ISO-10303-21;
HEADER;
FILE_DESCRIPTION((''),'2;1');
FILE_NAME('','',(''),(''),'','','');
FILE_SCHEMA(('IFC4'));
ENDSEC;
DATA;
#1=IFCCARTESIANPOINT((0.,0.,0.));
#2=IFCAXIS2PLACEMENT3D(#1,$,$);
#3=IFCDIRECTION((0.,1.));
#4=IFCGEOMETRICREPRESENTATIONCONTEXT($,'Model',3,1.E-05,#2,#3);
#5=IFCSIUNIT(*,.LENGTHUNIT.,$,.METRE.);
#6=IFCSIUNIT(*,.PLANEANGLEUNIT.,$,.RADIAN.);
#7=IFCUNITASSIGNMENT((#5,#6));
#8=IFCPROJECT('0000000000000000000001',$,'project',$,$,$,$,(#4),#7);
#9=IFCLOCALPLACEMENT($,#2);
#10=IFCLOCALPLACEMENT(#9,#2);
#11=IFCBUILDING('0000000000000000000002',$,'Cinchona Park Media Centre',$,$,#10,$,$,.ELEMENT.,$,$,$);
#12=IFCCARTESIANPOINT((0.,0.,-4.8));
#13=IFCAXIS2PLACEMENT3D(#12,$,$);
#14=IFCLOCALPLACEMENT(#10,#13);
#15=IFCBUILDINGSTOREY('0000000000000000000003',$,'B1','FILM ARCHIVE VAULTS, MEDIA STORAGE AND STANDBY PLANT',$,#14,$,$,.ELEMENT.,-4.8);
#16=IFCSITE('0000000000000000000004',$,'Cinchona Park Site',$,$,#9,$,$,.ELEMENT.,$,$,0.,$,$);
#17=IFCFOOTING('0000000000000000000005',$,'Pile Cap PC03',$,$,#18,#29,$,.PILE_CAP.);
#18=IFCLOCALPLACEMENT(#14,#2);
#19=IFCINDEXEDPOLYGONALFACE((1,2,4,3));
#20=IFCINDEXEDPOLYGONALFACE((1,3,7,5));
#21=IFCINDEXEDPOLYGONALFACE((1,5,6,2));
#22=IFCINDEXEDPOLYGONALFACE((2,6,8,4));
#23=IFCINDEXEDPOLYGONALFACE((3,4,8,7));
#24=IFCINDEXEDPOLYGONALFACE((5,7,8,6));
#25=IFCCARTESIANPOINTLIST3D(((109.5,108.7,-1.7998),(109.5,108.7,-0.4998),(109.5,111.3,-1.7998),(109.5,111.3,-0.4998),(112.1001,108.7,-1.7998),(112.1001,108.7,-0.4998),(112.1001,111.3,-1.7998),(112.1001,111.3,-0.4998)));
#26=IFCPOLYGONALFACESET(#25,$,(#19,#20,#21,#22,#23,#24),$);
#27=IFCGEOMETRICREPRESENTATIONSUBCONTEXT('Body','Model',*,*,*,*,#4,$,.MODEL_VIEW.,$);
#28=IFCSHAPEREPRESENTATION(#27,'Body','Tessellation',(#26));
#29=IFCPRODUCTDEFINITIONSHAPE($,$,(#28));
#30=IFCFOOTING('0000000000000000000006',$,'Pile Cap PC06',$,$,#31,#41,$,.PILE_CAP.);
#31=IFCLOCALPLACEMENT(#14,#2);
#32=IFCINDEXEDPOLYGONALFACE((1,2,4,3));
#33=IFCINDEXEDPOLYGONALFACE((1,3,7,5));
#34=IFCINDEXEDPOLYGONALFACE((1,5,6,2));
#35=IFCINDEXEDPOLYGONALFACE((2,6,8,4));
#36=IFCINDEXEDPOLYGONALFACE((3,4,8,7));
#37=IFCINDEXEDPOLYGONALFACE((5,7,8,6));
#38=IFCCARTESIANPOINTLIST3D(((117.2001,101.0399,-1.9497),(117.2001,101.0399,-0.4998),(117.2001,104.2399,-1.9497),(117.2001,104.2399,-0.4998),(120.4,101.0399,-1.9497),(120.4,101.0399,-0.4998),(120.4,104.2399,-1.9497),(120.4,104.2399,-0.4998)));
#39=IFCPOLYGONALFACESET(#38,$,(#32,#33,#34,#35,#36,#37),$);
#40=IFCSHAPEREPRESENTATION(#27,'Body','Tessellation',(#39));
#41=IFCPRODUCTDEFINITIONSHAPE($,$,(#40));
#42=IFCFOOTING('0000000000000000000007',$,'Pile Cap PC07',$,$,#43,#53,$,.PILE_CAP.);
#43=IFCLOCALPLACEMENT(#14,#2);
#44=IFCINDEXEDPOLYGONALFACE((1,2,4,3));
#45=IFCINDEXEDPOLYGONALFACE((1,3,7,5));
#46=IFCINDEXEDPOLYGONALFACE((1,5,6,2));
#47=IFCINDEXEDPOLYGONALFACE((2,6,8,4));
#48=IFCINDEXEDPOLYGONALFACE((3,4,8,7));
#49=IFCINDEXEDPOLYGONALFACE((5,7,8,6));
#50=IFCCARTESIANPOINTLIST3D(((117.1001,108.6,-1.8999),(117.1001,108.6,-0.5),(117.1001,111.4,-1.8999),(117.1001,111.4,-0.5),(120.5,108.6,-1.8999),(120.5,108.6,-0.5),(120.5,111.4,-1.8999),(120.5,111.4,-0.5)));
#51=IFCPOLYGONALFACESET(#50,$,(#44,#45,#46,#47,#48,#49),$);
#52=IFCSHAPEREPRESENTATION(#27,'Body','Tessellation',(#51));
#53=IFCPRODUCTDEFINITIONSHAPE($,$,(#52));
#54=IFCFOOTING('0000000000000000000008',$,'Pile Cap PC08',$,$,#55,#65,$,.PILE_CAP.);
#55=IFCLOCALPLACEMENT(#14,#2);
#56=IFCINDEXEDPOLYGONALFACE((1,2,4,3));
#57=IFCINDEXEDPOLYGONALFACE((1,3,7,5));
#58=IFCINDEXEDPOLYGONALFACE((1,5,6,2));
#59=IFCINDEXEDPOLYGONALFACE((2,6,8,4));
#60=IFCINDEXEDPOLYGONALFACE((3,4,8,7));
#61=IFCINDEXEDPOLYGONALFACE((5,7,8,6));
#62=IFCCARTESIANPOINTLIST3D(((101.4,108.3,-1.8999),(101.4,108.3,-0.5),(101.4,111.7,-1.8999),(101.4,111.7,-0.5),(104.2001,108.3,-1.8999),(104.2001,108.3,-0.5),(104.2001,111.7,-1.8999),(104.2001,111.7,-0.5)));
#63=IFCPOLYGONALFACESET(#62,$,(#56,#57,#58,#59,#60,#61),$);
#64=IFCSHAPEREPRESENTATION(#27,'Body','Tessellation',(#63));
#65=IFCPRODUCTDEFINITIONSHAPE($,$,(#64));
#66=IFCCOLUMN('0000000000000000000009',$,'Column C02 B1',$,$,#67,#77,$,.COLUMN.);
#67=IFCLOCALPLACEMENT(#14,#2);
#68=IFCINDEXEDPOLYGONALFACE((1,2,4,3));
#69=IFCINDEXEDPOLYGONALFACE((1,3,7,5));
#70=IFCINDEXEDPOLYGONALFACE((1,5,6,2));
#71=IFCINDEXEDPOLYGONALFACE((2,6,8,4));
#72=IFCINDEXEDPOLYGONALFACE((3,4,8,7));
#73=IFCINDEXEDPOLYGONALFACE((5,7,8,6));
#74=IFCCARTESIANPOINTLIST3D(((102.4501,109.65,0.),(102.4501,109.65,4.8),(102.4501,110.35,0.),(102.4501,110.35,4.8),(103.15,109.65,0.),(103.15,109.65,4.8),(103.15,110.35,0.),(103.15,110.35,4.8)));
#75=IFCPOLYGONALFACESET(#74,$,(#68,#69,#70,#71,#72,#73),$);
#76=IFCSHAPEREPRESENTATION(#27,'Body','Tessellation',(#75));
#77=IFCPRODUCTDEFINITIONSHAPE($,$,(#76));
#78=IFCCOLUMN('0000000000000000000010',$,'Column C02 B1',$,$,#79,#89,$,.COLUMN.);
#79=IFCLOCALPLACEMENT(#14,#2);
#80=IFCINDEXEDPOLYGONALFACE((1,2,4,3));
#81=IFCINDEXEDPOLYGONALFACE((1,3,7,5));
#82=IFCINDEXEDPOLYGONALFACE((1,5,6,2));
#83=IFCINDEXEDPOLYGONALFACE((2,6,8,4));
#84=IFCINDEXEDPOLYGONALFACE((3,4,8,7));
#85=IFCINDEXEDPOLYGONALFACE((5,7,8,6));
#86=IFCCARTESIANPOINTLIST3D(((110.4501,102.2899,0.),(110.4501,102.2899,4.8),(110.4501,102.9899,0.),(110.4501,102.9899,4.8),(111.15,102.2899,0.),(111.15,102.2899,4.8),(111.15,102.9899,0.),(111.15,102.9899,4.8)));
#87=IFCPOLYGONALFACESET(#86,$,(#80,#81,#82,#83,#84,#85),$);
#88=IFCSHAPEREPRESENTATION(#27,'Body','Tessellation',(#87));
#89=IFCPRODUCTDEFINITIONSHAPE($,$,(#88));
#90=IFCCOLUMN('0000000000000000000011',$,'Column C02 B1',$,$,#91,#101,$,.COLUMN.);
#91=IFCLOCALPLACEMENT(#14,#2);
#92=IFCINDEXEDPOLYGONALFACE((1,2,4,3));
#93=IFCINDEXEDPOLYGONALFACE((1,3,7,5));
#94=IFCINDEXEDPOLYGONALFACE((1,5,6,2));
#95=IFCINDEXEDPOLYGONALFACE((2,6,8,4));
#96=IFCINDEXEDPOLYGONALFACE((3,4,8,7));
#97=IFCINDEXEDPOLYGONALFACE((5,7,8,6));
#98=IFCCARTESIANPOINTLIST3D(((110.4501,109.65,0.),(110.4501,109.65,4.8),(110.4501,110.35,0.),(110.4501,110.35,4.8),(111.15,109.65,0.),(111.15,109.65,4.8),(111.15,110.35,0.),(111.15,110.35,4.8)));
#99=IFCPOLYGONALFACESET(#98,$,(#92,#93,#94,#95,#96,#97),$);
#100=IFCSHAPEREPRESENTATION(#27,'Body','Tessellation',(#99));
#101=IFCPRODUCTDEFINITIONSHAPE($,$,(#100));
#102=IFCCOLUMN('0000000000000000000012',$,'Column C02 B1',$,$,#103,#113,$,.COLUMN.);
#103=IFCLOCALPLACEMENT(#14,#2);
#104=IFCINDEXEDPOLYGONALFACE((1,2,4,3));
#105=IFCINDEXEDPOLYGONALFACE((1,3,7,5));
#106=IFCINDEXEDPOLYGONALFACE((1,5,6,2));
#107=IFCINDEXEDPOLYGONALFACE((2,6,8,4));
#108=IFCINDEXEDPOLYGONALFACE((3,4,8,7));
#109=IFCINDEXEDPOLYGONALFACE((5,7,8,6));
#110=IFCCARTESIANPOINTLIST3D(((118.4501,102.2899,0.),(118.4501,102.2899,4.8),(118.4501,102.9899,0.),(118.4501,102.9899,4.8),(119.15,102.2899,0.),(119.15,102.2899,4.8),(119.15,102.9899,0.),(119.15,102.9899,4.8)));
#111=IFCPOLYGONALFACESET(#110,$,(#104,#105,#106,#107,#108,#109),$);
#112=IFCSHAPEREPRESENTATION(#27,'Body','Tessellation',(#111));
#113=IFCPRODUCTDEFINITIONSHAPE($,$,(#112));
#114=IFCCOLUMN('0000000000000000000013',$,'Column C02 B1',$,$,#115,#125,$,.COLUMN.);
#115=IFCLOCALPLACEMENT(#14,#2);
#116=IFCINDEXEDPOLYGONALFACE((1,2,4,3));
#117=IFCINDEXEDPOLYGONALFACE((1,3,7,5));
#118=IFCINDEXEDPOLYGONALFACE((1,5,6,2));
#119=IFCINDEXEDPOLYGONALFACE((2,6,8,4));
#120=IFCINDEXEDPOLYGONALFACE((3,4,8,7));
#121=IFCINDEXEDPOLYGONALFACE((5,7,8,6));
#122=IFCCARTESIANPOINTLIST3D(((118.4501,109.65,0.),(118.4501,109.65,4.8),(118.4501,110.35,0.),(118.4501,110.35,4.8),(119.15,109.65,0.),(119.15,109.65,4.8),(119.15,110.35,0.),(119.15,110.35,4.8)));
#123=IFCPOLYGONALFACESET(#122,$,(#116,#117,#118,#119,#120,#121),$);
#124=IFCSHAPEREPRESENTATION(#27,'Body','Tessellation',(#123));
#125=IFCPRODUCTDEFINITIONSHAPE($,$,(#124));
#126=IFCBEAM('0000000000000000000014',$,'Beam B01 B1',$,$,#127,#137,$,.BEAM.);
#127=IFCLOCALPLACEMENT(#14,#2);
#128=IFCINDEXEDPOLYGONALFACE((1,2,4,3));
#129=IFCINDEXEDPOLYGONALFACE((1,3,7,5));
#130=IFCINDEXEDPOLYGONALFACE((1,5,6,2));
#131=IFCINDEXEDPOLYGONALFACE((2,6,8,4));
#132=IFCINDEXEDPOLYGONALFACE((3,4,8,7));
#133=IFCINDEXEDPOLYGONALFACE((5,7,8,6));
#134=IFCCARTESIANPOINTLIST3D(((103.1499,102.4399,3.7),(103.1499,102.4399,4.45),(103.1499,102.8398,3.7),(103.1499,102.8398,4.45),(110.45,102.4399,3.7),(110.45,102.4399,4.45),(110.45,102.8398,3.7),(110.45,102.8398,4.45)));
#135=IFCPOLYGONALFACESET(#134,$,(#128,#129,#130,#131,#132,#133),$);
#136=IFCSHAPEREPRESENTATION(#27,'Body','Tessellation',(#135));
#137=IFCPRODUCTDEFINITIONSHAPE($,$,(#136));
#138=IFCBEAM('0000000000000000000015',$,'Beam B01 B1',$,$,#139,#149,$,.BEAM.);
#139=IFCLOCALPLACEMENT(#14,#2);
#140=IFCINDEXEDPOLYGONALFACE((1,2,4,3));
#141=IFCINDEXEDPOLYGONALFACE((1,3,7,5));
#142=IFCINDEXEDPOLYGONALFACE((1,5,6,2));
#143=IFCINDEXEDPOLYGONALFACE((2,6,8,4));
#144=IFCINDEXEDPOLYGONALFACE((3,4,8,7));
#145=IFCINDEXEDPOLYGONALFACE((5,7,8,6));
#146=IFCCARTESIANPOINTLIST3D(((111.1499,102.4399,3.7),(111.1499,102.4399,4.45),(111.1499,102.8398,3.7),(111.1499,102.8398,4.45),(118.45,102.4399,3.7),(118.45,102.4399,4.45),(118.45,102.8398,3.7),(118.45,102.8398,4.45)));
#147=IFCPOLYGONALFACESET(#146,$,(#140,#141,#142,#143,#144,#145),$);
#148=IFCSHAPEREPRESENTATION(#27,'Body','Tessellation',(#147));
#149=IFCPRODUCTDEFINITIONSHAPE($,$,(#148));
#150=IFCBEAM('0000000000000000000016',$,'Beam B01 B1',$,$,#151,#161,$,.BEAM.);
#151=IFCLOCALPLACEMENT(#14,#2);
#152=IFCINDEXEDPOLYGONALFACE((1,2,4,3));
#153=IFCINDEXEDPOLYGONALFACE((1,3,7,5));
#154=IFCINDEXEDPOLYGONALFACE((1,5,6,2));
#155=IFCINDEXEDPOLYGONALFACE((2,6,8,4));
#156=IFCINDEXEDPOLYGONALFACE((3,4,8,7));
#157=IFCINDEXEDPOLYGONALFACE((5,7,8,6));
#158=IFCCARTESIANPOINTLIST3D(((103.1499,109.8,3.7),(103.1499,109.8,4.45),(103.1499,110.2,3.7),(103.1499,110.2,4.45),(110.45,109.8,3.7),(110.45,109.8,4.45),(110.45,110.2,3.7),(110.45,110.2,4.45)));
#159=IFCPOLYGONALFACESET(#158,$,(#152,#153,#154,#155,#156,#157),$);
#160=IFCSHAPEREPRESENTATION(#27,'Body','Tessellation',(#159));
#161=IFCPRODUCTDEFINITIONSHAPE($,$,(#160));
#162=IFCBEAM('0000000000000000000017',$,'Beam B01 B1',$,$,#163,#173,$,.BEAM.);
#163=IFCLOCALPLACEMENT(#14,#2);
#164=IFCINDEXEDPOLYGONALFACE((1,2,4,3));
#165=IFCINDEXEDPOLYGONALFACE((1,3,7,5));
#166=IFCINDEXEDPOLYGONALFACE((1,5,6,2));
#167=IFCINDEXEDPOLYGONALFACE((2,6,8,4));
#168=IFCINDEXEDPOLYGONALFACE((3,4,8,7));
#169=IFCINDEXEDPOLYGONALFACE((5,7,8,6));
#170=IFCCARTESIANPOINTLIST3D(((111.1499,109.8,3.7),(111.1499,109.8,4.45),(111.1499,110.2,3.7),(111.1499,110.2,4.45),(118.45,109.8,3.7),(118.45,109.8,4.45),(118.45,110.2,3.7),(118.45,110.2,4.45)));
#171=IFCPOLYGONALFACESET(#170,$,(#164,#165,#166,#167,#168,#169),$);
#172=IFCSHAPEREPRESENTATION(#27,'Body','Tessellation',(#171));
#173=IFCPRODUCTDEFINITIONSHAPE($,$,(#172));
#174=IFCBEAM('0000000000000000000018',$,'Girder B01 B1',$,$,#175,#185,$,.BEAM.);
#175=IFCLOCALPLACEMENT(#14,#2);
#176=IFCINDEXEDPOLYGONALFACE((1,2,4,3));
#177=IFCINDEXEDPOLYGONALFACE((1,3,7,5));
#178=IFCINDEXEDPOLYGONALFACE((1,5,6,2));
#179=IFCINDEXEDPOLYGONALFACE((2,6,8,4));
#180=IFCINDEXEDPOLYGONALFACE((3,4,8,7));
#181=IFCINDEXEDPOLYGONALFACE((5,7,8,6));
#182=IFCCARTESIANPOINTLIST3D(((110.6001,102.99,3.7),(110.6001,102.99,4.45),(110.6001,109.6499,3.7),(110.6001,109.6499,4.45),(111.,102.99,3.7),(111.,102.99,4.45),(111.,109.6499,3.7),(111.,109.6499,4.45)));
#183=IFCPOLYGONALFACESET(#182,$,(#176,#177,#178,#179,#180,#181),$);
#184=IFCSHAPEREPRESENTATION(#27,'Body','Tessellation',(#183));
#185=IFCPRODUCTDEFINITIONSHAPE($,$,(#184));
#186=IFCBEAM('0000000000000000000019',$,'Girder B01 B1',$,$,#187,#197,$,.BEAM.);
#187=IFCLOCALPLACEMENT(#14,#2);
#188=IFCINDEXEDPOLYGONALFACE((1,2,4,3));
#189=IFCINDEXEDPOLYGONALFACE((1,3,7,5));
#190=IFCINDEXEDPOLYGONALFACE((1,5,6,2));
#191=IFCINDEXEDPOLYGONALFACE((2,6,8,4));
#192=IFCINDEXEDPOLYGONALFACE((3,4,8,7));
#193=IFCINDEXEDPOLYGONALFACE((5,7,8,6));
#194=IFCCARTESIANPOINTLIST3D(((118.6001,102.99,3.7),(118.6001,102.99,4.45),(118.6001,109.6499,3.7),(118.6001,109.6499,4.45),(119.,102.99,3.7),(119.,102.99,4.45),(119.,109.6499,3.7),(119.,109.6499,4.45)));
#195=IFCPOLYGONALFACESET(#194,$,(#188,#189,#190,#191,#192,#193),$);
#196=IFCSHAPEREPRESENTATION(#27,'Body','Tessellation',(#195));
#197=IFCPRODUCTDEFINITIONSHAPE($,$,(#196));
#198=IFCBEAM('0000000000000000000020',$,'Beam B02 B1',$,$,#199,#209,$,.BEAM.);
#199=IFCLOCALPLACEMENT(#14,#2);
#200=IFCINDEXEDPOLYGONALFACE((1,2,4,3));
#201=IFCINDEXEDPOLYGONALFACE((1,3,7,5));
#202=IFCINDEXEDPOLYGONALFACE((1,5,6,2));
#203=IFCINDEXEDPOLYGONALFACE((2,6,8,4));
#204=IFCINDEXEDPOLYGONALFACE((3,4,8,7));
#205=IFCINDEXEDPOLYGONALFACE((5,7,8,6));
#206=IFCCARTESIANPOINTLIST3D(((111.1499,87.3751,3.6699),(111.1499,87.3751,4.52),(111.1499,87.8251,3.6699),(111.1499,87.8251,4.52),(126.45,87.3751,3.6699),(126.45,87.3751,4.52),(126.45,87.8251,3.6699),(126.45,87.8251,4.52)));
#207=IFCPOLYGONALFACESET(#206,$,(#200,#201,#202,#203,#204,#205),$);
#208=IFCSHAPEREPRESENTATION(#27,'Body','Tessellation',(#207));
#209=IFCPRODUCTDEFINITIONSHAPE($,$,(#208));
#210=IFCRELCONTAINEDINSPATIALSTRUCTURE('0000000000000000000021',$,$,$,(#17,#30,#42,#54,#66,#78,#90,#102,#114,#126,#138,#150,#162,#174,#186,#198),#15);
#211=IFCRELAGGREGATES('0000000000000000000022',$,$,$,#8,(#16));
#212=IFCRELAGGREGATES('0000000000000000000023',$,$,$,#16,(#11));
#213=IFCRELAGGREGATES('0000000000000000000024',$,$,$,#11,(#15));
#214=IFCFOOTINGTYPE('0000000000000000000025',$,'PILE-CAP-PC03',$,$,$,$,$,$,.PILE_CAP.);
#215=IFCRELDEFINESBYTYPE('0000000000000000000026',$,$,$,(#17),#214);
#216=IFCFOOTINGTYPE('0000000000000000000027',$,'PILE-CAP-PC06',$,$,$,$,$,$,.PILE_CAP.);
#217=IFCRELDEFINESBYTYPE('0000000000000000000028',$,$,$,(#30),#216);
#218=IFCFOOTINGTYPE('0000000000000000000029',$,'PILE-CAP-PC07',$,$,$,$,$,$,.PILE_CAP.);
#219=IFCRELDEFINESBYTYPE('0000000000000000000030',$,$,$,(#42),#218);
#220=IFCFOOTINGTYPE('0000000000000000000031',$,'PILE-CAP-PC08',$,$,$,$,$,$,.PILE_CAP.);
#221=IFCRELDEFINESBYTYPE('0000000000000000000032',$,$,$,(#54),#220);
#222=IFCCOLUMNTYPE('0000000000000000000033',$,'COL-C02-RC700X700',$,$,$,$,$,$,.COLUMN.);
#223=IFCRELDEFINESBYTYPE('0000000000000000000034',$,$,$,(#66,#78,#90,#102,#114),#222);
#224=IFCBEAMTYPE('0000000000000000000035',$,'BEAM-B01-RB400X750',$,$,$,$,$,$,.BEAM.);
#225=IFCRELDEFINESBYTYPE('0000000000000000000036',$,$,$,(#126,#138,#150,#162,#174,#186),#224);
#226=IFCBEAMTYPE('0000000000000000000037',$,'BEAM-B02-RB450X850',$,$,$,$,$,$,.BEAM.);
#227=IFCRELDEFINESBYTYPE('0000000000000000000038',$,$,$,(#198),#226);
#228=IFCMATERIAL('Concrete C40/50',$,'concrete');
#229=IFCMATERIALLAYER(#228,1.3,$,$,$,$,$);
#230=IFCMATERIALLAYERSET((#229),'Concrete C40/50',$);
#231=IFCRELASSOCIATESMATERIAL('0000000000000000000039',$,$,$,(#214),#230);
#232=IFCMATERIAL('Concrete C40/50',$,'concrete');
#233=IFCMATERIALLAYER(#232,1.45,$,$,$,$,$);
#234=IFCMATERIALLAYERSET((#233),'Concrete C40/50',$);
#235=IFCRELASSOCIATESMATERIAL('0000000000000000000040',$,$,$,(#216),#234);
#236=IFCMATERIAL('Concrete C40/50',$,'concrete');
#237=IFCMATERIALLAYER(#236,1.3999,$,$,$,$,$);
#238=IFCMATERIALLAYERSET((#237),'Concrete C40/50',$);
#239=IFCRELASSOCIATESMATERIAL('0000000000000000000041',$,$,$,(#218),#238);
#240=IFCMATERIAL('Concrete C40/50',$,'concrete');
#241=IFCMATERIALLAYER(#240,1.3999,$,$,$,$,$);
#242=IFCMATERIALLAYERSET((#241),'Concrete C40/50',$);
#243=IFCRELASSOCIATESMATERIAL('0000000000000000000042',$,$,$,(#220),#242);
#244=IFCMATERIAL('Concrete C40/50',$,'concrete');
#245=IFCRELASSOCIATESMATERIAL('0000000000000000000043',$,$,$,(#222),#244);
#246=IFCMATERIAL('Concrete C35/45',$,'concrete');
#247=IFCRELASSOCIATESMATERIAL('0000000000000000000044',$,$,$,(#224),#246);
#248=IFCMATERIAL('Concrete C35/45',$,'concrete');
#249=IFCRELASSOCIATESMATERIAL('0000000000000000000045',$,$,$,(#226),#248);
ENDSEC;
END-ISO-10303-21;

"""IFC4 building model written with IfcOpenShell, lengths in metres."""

from ifc_helpers import new_model, si_unit, direction, frame, origin, origin_2d, place, context, subcontext, project, spatial, rectangle, extrude, material, layer, layer_set, material_profile, profile_set, type_object, element, save


model = new_model("IFC4")

# Units and contexts
model_context = context("Model", 3, precision=1e-05, world=origin(), true_north=direction((0.0, 1.0)))
body_context = subcontext(model_context, "Body", "Model", "MODEL_VIEW")
ifc_project = project(units=[si_unit("LENGTHUNIT", "METRE"), si_unit("PLANEANGLEUNIT", "RADIAN")], contexts=[model_context])

# Site, building, storey
site_placement = place(None, origin())
site = spatial("IfcSite", under=ifc_project, at=site_placement, Name="Cinchona Park Site", CompositionType="ELEMENT", RefElevation=0.0)
building_placement = place(site_placement, origin())
building = spatial("IfcBuilding", under=site, at=building_placement, Name="Cinchona Park Media Centre", CompositionType="ELEMENT")
storey_placement = place(building_placement, frame((0.0, 0.0, -4.8)))
storey = spatial("IfcBuildingStorey", under=building, at=storey_placement, Name="B1", Description="FILM ARCHIVE VAULTS, MEDIA STORAGE AND STANDBY PLANT", CompositionType="ELEMENT", Elevation=-4.8)

# Footings
ifc_material_1 = material(Name="Concrete C40/50", Category="concrete")
ifc_layer_1 = layer(ifc_material_1, 1.3)
ifc_layer_set_1 = layer_set([ifc_layer_1], Name="Concrete C40/50")
footing_type_1 = type_object("IfcFootingType", Name="PILE-CAP-PC03", PredefinedType="PILE_CAP", material=ifc_layer_set_1)
footing_1_placement = place(storey_placement, frame((110.8, 110.0, -1.7998), z_axis=(0.0, 0.0, 1.0), x_axis=(1.0, 0.0, 0.0)))
element("IfcFooting", 1, at=footing_1_placement, inside=storey, type_object=footing_type_1, Name="Pile Cap PC03", PredefinedType="PILE_CAP", context=body_context, shape_type="SweptSolid", body=[
    extrude(rectangle(XDim=2.6001, YDim=2.6001, at=origin_2d()), origin(), (0.0, 0.0, 1.0), 1.3),
])
ifc_material_2 = material(Name="Concrete C40/50", Category="concrete")
ifc_layer_2 = layer(ifc_material_2, 1.45)
ifc_layer_set_2 = layer_set([ifc_layer_2], Name="Concrete C40/50")
footing_type_2 = type_object("IfcFootingType", Name="PILE-CAP-PC06", PredefinedType="PILE_CAP", material=ifc_layer_set_2)
footing_2_placement = place(storey_placement, frame((118.8, 102.6399, -1.9497), z_axis=(0.0, 0.0, 1.0), x_axis=(1.0, 0.0, 0.0)))
element("IfcFooting", 2, at=footing_2_placement, inside=storey, type_object=footing_type_2, Name="Pile Cap PC06", PredefinedType="PILE_CAP", context=body_context, shape_type="SweptSolid", body=[
    extrude(rectangle(XDim=3.2, YDim=3.2, at=origin_2d()), origin(), (0.0, 0.0, 1.0), 1.45),
])
ifc_material_3 = material(Name="Concrete C40/50", Category="concrete")
ifc_layer_3 = layer(ifc_material_3, 1.3999)
ifc_layer_set_3 = layer_set([ifc_layer_3], Name="Concrete C40/50")
footing_type_3 = type_object("IfcFootingType", Name="PILE-CAP-PC07", PredefinedType="PILE_CAP", material=ifc_layer_set_3)
footing_3_placement = place(storey_placement, frame((118.8, 110.0, -1.8999), z_axis=(0.0, 0.0, 1.0), x_axis=(1.0, 0.0, 0.0)))
element("IfcFooting", 3, at=footing_3_placement, inside=storey, type_object=footing_type_3, Name="Pile Cap PC07", PredefinedType="PILE_CAP", context=body_context, shape_type="SweptSolid", body=[
    extrude(rectangle(XDim=3.3999, YDim=2.8, at=origin_2d()), origin(), (0.0, 0.0, 1.0), 1.3999),
])
ifc_material_4 = material(Name="Concrete C40/50", Category="concrete")
ifc_layer_4 = layer(ifc_material_4, 1.3999)
ifc_layer_set_4 = layer_set([ifc_layer_4], Name="Concrete C40/50")
footing_type_4 = type_object("IfcFootingType", Name="PILE-CAP-PC08", PredefinedType="PILE_CAP", material=ifc_layer_set_4)
footing_4_placement = place(storey_placement, frame((102.8, 110.0, -1.8999), z_axis=(0.0, 0.0, 1.0), x_axis=(1.0, 0.0, 0.0)))
element("IfcFooting", 4, at=footing_4_placement, inside=storey, type_object=footing_type_4, Name="Pile Cap PC08", PredefinedType="PILE_CAP", context=body_context, shape_type="SweptSolid", body=[
    extrude(rectangle(XDim=2.8, YDim=3.3999, at=origin_2d()), origin(), (0.0, 0.0, 1.0), 1.3999),
])

# Columns
ifc_material_5 = material(Name="Concrete C40/50", Category="concrete")
ifc_material_profile_1 = material_profile(ifc_material_5, rectangle(XDim=0.7, YDim=0.7, at=origin_2d()), Name="RC 700X700")
ifc_profile_set_1 = profile_set([ifc_material_profile_1], Name="Concrete C40/50")
column_type = type_object("IfcColumnType", Name="COL-C02-RC700X700", PredefinedType="COLUMN", material=ifc_profile_set_1)
for number, where, z_axis, x_axis, name in (
    (5, (102.8, 110.0, 0.0), (0.0, 0.0, 1.0), (1.0, 0.0, 0.0), "Column C02 B1"),
    (6, (110.8, 102.6399, 0.0), (0.0, 0.0, 1.0), (1.0, 0.0, 0.0), "Column C02 B1"),
    (7, (110.8, 110.0, 0.0), (0.0, 0.0, 1.0), (1.0, 0.0, 0.0), "Column C02 B1"),
    (8, (118.8, 102.6399, 0.0), (0.0, 0.0, 1.0), (1.0, 0.0, 0.0), "Column C02 B1"),
    (9, (118.8, 110.0, 0.0), (0.0, 0.0, 1.0), (1.0, 0.0, 0.0), "Column C02 B1"),
):
    element("IfcColumn", number, at=place(storey_placement, frame(where, z_axis=z_axis, x_axis=x_axis)), inside=storey, type_object=column_type, Name=name, PredefinedType="COLUMN", context=body_context, shape_type="SweptSolid", body=[
        extrude(rectangle(XDim=0.7, YDim=0.7, at=origin_2d()), origin(), (0.0, 0.0, 1.0), 4.8),
    ])

# Beams
ifc_material_6 = material(Name="Concrete C35/45", Category="concrete")
ifc_material_profile_2 = material_profile(ifc_material_6, rectangle(XDim=0.3999, YDim=0.75, at=origin_2d()), Name="RB 400X750")
ifc_profile_set_2 = profile_set([ifc_material_profile_2], Name="Concrete C35/45")
beam_type_1 = type_object("IfcBeamType", Name="BEAM-B01-RB400X750", PredefinedType="BEAM", material=ifc_profile_set_2)
for number, where, z_axis, x_axis, name in (
    (10, (103.1499, 102.6399, 4.075), (1.0, 0.0, 0.0), (0.0, 1.0, 0.0), "Beam B01 B1"),
    (11, (111.1499, 102.6399, 4.075), (1.0, 0.0, 0.0), (0.0, 1.0, 0.0), "Beam B01 B1"),
    (12, (103.1499, 110.0, 4.075), (1.0, 0.0, 0.0), (0.0, 1.0, 0.0), "Beam B01 B1"),
    (13, (111.1499, 110.0, 4.075), (1.0, 0.0, 0.0), (0.0, 1.0, 0.0), "Beam B01 B1"),
):
    element("IfcBeam", number, at=place(storey_placement, frame(where, z_axis=z_axis, x_axis=x_axis)), inside=storey, type_object=beam_type_1, Name=name, PredefinedType="BEAM", context=body_context, shape_type="SweptSolid", body=[
        extrude(rectangle(XDim=0.3999, YDim=0.75, at=origin_2d()), origin(), (0.0, 0.0, 1.0), 7.3),
    ])
for number, where, z_axis, x_axis, name in (
    (14, (110.8, 102.99, 4.075), (0.0, 1.0, 0.0), (-1.0, 0.0, 0.0), "Girder B01 B1"),
    (15, (118.8, 102.99, 4.075), (0.0, 1.0, 0.0), (-1.0, 0.0, 0.0), "Girder B01 B1"),
):
    element("IfcBeam", number, at=place(storey_placement, frame(where, z_axis=z_axis, x_axis=x_axis)), inside=storey, type_object=beam_type_1, Name=name, PredefinedType="BEAM", context=body_context, shape_type="SweptSolid", body=[
        extrude(rectangle(XDim=0.3999, YDim=0.75, at=origin_2d()), origin(), (0.0, 0.0, 1.0), 6.6599),
    ])
ifc_material_7 = material(Name="Concrete C35/45", Category="concrete")
ifc_material_profile_3 = material_profile(ifc_material_7, rectangle(XDim=0.45, YDim=0.8501, at=origin_2d()), Name="RB 450X850")
ifc_profile_set_3 = profile_set([ifc_material_profile_3], Name="Concrete C35/45")
beam_type_2 = type_object("IfcBeamType", Name="BEAM-B02-RB450X850", PredefinedType="BEAM", material=ifc_profile_set_3)
beam_placement = place(storey_placement, frame((111.1499, 87.6001, 4.095), z_axis=(1.0, 0.0, 0.0), x_axis=(0.0, 1.0, 0.0)))
element("IfcBeam", 16, at=beam_placement, inside=storey, type_object=beam_type_2, Name="Beam B02 B1", PredefinedType="BEAM", context=body_context, shape_type="SweptSolid", body=[
    extrude(rectangle(XDim=0.45, YDim=0.8501, at=origin_2d()), origin(), (0.0, 0.0, 1.0), 15.3),
])

save(model, "model.ifc")
